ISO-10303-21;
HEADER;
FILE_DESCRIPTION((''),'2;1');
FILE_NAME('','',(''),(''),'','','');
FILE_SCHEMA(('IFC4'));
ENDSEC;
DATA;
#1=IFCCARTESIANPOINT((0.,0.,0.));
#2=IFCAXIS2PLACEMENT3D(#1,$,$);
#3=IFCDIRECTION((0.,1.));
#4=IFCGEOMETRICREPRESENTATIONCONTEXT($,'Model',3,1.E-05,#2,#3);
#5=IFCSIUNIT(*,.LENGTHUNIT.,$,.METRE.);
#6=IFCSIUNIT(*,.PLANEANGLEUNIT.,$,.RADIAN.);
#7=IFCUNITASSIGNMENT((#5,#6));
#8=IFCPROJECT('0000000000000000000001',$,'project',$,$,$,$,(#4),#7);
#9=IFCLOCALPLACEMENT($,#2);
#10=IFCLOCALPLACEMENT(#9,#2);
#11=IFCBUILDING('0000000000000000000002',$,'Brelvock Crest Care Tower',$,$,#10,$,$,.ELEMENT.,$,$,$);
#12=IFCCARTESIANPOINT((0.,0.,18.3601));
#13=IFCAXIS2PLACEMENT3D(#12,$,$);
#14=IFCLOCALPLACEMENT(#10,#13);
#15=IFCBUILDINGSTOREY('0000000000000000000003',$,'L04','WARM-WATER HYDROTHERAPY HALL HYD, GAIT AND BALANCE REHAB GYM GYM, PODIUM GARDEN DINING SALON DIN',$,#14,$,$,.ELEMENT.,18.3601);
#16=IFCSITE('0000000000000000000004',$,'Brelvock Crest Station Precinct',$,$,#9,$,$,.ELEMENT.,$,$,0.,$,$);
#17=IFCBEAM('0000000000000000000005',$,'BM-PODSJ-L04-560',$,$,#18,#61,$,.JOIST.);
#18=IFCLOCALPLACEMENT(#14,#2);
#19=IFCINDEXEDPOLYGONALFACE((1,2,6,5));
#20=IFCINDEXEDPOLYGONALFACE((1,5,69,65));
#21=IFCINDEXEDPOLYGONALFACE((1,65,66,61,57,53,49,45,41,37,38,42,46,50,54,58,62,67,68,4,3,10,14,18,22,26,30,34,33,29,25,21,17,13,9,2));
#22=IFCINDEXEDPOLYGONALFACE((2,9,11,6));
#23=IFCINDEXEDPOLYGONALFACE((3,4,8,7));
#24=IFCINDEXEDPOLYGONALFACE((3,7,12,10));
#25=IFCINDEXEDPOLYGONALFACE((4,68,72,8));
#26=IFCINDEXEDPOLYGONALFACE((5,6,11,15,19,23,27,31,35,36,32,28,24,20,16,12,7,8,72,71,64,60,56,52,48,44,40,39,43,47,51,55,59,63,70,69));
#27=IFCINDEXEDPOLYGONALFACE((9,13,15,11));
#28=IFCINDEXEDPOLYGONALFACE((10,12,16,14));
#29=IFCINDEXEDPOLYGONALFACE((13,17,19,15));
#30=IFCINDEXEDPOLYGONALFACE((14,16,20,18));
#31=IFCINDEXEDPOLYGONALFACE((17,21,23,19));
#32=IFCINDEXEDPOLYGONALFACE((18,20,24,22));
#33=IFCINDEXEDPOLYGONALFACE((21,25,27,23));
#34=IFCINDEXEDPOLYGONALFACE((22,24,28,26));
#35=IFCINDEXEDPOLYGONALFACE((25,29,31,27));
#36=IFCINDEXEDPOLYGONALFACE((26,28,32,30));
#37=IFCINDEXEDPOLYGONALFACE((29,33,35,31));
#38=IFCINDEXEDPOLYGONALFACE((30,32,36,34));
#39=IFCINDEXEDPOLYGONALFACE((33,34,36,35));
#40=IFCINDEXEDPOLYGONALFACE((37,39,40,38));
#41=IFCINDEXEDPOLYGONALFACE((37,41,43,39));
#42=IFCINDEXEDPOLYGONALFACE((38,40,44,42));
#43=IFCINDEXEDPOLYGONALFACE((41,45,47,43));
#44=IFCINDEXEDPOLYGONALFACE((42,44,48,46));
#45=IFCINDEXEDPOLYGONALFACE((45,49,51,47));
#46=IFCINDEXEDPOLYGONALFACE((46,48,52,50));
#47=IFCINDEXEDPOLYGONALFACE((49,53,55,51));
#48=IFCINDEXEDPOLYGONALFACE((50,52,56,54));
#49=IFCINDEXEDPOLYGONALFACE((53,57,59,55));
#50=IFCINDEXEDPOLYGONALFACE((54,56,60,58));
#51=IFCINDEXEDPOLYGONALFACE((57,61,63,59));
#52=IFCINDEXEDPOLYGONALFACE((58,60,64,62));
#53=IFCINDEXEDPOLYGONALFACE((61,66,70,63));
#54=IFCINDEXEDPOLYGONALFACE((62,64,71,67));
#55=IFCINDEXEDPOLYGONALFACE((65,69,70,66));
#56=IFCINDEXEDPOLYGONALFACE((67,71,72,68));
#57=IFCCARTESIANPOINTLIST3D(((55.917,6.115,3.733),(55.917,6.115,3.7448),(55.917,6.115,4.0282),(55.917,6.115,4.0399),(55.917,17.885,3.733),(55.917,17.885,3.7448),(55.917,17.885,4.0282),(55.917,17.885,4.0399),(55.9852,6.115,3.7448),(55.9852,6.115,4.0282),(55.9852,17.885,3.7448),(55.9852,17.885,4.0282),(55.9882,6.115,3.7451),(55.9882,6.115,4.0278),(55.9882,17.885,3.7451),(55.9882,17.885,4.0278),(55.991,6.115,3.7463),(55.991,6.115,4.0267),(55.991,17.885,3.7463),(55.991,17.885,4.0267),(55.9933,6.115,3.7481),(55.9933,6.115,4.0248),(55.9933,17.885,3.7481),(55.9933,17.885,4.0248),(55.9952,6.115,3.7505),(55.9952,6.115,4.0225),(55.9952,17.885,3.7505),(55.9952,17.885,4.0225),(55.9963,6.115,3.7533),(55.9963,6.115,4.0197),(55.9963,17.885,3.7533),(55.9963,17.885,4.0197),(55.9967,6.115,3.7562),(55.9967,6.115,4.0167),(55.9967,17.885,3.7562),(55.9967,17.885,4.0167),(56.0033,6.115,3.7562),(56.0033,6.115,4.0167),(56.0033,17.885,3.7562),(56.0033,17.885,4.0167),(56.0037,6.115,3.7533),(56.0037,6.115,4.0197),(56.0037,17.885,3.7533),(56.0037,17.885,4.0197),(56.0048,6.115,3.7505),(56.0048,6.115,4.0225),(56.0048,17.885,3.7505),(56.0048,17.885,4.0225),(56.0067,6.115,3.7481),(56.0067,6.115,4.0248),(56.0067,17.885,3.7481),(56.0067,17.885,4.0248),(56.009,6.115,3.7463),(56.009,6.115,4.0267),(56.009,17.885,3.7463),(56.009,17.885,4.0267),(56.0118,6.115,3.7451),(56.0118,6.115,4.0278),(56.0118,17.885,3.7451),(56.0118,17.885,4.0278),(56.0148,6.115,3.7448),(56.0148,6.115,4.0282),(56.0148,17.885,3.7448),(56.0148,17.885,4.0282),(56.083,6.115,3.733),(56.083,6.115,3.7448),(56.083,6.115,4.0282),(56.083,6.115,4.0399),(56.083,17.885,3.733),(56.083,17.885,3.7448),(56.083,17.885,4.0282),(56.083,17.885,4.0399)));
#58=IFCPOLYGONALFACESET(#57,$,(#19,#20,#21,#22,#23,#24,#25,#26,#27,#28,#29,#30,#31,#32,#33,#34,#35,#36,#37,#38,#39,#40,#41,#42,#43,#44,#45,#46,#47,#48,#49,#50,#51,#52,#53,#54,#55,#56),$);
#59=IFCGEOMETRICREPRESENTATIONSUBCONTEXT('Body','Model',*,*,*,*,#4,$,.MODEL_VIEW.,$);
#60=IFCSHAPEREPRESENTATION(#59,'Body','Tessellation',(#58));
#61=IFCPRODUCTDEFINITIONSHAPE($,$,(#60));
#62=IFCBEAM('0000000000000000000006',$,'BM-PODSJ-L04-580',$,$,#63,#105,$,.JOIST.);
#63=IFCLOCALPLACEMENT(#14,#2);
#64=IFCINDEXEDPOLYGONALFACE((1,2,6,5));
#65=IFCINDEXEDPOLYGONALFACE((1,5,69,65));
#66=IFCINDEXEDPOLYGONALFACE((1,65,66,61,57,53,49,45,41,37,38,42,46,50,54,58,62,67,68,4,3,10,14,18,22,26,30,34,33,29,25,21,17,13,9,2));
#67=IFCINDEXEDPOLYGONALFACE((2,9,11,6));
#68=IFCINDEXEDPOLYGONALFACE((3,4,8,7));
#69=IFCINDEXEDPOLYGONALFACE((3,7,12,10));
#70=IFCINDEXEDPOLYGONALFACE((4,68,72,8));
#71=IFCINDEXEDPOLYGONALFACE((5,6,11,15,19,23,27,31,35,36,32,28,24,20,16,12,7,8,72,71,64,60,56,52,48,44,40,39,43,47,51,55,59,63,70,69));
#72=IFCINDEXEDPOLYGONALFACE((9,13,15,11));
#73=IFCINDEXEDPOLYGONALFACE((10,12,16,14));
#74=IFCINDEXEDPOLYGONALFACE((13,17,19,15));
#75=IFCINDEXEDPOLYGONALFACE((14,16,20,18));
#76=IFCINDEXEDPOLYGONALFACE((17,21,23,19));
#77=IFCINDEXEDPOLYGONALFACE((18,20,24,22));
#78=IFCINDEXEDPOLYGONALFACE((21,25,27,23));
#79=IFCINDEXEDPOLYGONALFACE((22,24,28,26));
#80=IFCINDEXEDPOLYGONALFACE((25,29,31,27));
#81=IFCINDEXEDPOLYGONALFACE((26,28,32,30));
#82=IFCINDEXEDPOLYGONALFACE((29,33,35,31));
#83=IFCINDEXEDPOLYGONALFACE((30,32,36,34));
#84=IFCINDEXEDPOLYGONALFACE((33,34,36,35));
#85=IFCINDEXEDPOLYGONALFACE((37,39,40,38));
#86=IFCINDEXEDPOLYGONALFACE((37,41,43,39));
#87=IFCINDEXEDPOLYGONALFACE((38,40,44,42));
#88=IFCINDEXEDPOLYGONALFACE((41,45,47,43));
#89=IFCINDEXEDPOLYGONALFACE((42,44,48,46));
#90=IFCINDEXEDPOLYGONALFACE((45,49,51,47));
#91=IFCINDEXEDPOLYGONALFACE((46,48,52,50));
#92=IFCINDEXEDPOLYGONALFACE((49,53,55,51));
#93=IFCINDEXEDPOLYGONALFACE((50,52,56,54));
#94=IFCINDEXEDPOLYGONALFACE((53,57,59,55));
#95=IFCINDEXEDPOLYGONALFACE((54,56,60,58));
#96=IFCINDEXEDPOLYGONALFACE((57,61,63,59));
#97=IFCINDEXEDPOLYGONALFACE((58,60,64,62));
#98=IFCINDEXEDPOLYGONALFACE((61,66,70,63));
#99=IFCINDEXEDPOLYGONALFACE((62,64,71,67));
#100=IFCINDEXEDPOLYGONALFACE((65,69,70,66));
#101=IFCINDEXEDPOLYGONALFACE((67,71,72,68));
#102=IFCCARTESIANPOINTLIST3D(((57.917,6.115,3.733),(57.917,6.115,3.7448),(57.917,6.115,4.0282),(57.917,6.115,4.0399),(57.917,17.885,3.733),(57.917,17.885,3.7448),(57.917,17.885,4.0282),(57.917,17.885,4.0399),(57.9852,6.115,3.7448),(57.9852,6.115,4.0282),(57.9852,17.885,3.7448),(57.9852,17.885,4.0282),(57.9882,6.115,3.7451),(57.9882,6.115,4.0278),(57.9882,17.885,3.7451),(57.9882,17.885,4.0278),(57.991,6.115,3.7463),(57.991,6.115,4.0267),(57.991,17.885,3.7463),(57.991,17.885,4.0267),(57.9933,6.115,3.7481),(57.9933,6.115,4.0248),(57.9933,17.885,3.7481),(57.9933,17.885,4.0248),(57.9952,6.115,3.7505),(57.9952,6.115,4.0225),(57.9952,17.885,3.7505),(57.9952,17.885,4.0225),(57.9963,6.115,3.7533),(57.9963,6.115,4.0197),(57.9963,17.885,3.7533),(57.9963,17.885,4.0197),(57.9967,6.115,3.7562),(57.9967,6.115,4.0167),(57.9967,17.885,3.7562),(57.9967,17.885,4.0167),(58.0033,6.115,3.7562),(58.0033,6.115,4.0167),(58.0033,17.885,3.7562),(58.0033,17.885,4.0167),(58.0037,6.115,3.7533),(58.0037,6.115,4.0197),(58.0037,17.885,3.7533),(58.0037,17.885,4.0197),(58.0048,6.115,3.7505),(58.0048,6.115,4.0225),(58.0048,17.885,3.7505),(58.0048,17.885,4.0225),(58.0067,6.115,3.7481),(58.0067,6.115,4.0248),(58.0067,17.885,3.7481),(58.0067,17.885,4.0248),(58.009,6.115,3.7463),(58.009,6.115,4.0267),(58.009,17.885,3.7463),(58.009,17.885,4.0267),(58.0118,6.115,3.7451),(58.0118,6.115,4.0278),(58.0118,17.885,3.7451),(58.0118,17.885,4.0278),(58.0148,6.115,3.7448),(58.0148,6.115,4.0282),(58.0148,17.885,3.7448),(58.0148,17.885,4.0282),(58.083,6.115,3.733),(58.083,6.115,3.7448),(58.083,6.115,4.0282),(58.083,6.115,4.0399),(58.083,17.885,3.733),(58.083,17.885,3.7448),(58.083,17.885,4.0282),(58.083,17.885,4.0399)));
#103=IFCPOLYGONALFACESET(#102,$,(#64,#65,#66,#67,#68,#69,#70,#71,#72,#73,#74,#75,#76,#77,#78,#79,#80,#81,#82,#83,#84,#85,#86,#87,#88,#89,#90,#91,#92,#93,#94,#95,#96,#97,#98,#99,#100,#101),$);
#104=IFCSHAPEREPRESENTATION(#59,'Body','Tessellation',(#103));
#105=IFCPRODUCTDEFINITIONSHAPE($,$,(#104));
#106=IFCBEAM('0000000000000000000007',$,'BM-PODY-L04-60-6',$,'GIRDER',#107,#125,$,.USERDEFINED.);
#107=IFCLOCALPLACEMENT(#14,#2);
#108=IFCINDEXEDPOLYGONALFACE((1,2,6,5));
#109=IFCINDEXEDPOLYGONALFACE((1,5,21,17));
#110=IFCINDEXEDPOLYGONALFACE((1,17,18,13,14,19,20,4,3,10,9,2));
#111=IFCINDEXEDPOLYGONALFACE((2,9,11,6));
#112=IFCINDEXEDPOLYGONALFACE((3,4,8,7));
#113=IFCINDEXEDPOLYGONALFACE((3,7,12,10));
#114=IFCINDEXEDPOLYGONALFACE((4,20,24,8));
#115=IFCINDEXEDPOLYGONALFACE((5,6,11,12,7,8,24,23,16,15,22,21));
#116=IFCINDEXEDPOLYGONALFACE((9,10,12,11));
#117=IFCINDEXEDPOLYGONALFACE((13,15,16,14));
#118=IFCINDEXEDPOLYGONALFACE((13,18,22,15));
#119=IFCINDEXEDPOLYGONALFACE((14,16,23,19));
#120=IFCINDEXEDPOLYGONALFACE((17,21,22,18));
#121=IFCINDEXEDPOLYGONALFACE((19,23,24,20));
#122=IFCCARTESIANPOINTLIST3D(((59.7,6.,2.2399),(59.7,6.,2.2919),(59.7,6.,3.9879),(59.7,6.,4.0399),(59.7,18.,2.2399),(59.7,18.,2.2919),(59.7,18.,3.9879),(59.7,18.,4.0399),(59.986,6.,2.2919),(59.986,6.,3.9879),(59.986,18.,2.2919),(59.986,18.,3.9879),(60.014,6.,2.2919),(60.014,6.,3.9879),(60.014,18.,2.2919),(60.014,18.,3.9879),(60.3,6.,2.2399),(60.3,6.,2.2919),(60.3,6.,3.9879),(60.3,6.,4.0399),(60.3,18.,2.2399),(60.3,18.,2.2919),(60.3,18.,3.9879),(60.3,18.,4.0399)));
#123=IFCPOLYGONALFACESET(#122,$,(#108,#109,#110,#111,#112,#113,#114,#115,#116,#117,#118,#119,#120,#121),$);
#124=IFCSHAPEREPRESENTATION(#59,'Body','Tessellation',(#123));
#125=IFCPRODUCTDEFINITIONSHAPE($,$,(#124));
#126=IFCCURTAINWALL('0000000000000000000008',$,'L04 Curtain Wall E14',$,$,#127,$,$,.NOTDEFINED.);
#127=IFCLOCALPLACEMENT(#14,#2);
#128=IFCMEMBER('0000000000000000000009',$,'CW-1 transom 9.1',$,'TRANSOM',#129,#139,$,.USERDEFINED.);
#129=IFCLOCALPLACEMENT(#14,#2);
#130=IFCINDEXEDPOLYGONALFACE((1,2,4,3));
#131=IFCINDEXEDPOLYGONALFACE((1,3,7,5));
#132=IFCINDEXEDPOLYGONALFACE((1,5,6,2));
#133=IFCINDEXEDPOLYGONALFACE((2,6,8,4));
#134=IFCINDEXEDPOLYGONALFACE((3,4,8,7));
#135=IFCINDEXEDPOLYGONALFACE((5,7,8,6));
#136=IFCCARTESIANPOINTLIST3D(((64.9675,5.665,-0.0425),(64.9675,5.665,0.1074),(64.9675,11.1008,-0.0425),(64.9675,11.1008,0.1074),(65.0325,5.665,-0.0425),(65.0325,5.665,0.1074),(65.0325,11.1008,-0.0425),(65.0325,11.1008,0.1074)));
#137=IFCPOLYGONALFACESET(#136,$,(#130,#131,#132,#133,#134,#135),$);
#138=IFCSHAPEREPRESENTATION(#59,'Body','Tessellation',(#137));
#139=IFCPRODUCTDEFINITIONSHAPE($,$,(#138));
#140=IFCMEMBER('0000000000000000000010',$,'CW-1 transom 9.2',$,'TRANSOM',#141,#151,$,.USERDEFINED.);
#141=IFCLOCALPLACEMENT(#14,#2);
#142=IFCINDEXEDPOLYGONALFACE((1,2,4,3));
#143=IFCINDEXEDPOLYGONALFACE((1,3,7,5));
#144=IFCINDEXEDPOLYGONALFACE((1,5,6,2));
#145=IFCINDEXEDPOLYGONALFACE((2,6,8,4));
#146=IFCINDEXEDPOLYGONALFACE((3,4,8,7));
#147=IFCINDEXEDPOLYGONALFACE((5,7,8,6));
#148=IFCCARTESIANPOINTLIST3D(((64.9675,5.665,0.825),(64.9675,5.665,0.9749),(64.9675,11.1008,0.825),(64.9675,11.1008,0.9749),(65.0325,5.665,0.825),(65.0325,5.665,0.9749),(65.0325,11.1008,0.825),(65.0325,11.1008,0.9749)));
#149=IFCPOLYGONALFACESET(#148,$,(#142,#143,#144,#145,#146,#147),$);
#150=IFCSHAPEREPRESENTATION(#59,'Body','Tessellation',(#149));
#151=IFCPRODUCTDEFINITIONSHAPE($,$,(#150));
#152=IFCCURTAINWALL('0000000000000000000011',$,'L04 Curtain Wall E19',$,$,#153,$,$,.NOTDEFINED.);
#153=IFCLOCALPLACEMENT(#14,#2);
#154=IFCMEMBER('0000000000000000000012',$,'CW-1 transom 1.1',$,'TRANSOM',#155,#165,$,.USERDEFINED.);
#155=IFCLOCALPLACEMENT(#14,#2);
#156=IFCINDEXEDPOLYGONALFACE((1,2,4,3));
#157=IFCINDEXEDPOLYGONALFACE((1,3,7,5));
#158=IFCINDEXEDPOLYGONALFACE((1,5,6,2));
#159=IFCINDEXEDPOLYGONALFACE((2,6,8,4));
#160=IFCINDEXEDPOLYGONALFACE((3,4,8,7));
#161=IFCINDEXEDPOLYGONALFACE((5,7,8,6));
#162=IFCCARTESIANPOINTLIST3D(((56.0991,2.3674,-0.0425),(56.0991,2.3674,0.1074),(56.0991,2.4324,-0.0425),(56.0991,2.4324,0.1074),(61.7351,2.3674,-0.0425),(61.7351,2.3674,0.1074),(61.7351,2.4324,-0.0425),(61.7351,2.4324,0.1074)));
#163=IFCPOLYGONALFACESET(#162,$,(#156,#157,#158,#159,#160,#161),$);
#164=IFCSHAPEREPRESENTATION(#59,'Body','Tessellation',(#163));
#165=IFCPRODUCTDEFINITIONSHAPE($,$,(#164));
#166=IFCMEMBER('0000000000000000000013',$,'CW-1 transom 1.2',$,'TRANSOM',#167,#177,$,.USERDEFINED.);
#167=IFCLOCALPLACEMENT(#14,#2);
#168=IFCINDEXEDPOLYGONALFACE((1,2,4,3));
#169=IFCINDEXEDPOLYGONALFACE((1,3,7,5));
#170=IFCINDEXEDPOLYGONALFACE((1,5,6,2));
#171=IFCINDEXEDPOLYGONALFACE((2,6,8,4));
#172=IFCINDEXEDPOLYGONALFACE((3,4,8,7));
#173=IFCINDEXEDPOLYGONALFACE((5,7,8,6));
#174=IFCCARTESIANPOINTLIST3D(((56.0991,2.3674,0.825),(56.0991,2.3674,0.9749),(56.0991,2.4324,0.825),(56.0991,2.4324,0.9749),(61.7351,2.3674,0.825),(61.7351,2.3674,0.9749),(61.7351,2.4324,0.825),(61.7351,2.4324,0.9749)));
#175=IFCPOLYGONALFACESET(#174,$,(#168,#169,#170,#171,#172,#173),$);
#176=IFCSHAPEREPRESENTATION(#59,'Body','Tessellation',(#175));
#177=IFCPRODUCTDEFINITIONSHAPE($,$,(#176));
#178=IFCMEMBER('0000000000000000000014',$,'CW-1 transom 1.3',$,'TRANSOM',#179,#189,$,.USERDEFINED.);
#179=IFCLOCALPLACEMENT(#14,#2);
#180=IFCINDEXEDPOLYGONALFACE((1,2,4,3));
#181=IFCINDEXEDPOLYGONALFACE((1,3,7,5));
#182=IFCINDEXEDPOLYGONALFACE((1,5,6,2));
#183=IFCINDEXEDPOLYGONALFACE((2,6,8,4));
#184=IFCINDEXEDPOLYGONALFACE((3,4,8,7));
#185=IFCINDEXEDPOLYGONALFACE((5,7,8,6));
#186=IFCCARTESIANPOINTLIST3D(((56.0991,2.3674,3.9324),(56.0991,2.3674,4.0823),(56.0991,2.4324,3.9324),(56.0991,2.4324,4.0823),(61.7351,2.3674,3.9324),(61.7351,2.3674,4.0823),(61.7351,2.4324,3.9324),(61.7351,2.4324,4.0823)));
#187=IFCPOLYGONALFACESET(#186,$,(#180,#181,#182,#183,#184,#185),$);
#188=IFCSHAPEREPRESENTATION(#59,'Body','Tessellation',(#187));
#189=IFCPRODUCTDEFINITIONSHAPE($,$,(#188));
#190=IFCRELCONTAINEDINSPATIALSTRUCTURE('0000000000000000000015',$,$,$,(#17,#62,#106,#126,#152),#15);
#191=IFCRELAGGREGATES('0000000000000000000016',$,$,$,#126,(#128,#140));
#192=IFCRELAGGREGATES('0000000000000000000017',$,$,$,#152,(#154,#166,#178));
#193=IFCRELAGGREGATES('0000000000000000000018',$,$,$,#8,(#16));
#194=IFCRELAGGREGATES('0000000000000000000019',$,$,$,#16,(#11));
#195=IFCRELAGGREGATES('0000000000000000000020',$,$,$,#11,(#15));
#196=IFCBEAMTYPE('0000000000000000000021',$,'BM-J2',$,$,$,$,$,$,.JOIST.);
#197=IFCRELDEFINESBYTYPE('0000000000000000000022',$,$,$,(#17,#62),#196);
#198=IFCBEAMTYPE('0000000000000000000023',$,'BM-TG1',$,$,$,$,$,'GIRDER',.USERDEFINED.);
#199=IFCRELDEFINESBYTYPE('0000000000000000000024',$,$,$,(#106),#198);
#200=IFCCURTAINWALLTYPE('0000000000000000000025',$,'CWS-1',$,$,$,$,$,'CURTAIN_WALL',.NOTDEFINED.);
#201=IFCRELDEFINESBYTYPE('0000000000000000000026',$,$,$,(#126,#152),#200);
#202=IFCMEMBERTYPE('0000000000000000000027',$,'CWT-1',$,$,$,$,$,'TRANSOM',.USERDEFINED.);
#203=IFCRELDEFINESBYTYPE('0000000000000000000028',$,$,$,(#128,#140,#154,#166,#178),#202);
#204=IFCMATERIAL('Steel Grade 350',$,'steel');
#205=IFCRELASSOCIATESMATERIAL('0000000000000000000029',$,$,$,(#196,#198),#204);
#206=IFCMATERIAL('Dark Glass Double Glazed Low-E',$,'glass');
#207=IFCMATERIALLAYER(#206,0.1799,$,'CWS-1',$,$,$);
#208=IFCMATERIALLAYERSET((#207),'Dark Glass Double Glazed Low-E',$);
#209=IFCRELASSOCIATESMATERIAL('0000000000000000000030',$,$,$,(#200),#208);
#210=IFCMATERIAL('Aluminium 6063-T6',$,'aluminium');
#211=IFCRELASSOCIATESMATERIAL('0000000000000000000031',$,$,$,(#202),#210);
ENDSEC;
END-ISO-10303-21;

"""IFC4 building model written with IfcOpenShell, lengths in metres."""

from ifc_helpers import new_model, si_unit, direction, frame, origin, origin_2d, place, context, subcontext, project, spatial, rectangle, i_section, extrude, source, transform, mapped, material, layer, layer_set, material_profile, profile_set, type_object, element, aggregate, save


model = new_model("IFC4")

# Units and contexts
model_context = context("Model", 3, precision=1e-05, world=origin(), true_north=direction((0.0, 1.0)))
body_context = subcontext(model_context, "Body", "Model", "MODEL_VIEW")
ifc_project = project(units=[si_unit("LENGTHUNIT", "METRE"), si_unit("PLANEANGLEUNIT", "RADIAN")], contexts=[model_context])

# Site, building, storey
site_placement = place(None, origin())
site = spatial("IfcSite", under=ifc_project, at=site_placement, Name="Brelvock Crest Station Precinct", CompositionType="ELEMENT", RefElevation=0.0)
building_placement = place(site_placement, origin())
building = spatial("IfcBuilding", under=site, at=building_placement, Name="Brelvock Crest Care Tower", CompositionType="ELEMENT")
storey_placement = place(building_placement, frame((0.0, 0.0, 18.3601)))
storey = spatial("IfcBuildingStorey", under=building, at=storey_placement, Name="L04", Description="WARM-WATER HYDROTHERAPY HALL HYD, GAIT AND BALANCE REHAB GYM GYM, PODIUM GARDEN DINING SALON DIN", CompositionType="ELEMENT", Elevation=18.3601)

# Shared definitions
ifc_material_1 = material(Name="Steel Grade 350", Category="steel")

# Beams
ifc_material_profile_1 = material_profile(ifc_material_1, i_section(OverallWidth=0.166, OverallDepth=0.3069, WebThickness=0.0066, FlangeThickness=0.0117, FilletRadius=0.0115, at=origin_2d()), Name="310UB46.2")
ifc_profile_set_1 = profile_set([ifc_material_profile_1], Name="Steel Grade 350")
beam_type_1 = type_object("IfcBeamType", Name="BM-J2", PredefinedType="JOIST", material=ifc_profile_set_1)
shared_shape_1 = source(origin(), body_context, "Body", "SweptSolid", [
    extrude(i_section(OverallWidth=0.166, OverallDepth=0.3069, WebThickness=0.0066, FlangeThickness=0.0117, FilletRadius=0.0115, at=origin_2d()), origin(), (0.0, 0.0, 1.0), 11.77),
])
for number, where, z_axis, x_axis, name in (
    (1, (56.0, 6.115, 3.8865), (0.0, 1.0, 0.0), (-1.0, 0.0, 0.0), "BM-PODSJ-L04-560"),
    (2, (58.0, 6.115, 3.8865), (0.0, 1.0, 0.0), (-1.0, 0.0, 0.0), "BM-PODSJ-L04-580"),
):
    element("IfcBeam", number, at=place(storey_placement, frame(where, z_axis=z_axis, x_axis=x_axis)), inside=storey, type_object=beam_type_1, Name=name, PredefinedType="JOIST", context=body_context, shape_type="MappedRepresentation", body=[
        mapped(shared_shape_1, transform((0.0, 0.0, 0.0), x_axis=(1.0, 0.0, 0.0), y_axis=(0.0, 1.0, 0.0), z_axis=(0.0, 0.0, 1.0), scale=1.0)),
    ])
ifc_material_profile_2 = material_profile(ifc_material_1, i_section(OverallWidth=0.6001, OverallDepth=1.8, WebThickness=0.0281, FlangeThickness=0.052, at=origin_2d()), Name="1800TG740")
ifc_profile_set_2 = profile_set([ifc_material_profile_2], Name="Steel Grade 350")
beam_type_2 = type_object("IfcBeamType", Name="BM-TG1", ElementType="GIRDER", PredefinedType="USERDEFINED", material=ifc_profile_set_2)
shared_shape_2 = source(origin(), body_context, "Body", "SweptSolid", [
    extrude(i_section(OverallWidth=0.6001, OverallDepth=1.8, WebThickness=0.0281, FlangeThickness=0.052, at=origin_2d()), origin(), (0.0, 0.0, 1.0), 12.0),
])
beam_placement = place(storey_placement, frame((60.0, 6.0, 3.1399), z_axis=(0.0, 1.0, 0.0), x_axis=(-1.0, 0.0, 0.0)))
element("IfcBeam", 3, at=beam_placement, inside=storey, type_object=beam_type_2, Name="BM-PODY-L04-60-6", ObjectType="GIRDER", PredefinedType="USERDEFINED", context=body_context, shape_type="MappedRepresentation", body=[
    mapped(shared_shape_2, transform((0.0, 0.0, 0.0), x_axis=(1.0, 0.0, 0.0), y_axis=(0.0, 1.0, 0.0), z_axis=(0.0, 0.0, 1.0), scale=1.0)),
])

# Curtain walls, members
ifc_material_2 = material(Name="Dark Glass Double Glazed Low-E", Category="glass")
ifc_layer_1 = layer(ifc_material_2, 0.1799, Name="CWS-1")
ifc_layer_set_1 = layer_set([ifc_layer_1], Name="Dark Glass Double Glazed Low-E")
curtain_wall_type = type_object("IfcCurtainWallType", Name="CWS-1", ElementType="CURTAIN_WALL", PredefinedType="NOTDEFINED", material=ifc_layer_set_1)
curtain_wall_1_placement = place(storey_placement, origin())
curtain_wall_1 = element("IfcCurtainWall", 4, at=curtain_wall_1_placement, inside=storey, type_object=curtain_wall_type, Name="L04 Curtain Wall E14", PredefinedType="NOTDEFINED")
ifc_material_3 = material(Name="Aluminium 6063-T6", Category="aluminium")
ifc_material_profile_3 = material_profile(ifc_material_3, rectangle(XDim=0.0649, YDim=0.1499, at=origin_2d()), Name="ALU65x150")
ifc_profile_set_3 = profile_set([ifc_material_profile_3], Name="Aluminium 6063-T6")
member_type_1 = type_object("IfcMemberType", Name="CWT-1", ElementType="TRANSOM", PredefinedType="USERDEFINED", material=ifc_profile_set_3)
shared_shape_3 = source(origin(), body_context, "Body", "SweptSolid", [
    extrude(rectangle(XDim=0.0649, YDim=0.1499, at=origin_2d()), origin(), (0.0, 0.0, 1.0), 5.4358),
])
member_1_placement = place(storey_placement, frame((65.0, 11.1008, 0.0325), z_axis=(0.0, -1.0, 0.0), x_axis=(1.0, 0.0, 0.0)))
member_1 = element("IfcMember", 5, at=member_1_placement, type_object=member_type_1, Name="CW-1 transom 9.1", ObjectType="TRANSOM", PredefinedType="USERDEFINED", context=body_context, shape_type="MappedRepresentation", body=[
    mapped(shared_shape_3, transform((0.0, 0.0, 0.0), x_axis=(1.0, 0.0, 0.0), y_axis=(0.0, 1.0, 0.0), z_axis=(0.0, 0.0, 1.0), scale=1.0)),
])
member_2_placement = place(storey_placement, frame((65.0, 11.1008, 0.8999), z_axis=(0.0, -1.0, 0.0), x_axis=(1.0, 0.0, 0.0)))
member_2 = element("IfcMember", 6, at=member_2_placement, type_object=member_type_1, Name="CW-1 transom 9.2", ObjectType="TRANSOM", PredefinedType="USERDEFINED", context=body_context, shape_type="MappedRepresentation", body=[
    mapped(shared_shape_3, transform((0.0, 0.0, 0.0), x_axis=(1.0, 0.0, 0.0), y_axis=(0.0, 1.0, 0.0), z_axis=(0.0, 0.0, 1.0), scale=1.0)),
])
curtain_wall_2_placement = place(storey_placement, origin())
curtain_wall_2 = element("IfcCurtainWall", 7, at=curtain_wall_2_placement, inside=storey, type_object=curtain_wall_type, Name="L04 Curtain Wall E19", PredefinedType="NOTDEFINED")
shared_shape_4 = source(origin(), body_context, "Body", "SweptSolid", [
    extrude(rectangle(XDim=0.0649, YDim=0.1499, at=origin_2d()), origin(), (0.0, 0.0, 1.0), 5.636),
])
member_3_placement = place(storey_placement, frame((61.7351, 2.3999, 0.0325), z_axis=(-1.0, 0.0, 0.0), x_axis=(0.0, -1.0, 0.0)))
member_3 = element("IfcMember", 8, at=member_3_placement, type_object=member_type_1, Name="CW-1 transom 1.1", ObjectType="TRANSOM", PredefinedType="USERDEFINED", context=body_context, shape_type="MappedRepresentation", body=[
    mapped(shared_shape_4, transform((0.0, 0.0, 0.0), x_axis=(1.0, 0.0, 0.0), y_axis=(0.0, 1.0, 0.0), z_axis=(0.0, 0.0, 1.0), scale=1.0)),
])
member_4_placement = place(storey_placement, frame((61.7351, 2.3999, 0.8999), z_axis=(-1.0, 0.0, 0.0), x_axis=(0.0, -1.0, 0.0)))
member_4 = element("IfcMember", 9, at=member_4_placement, type_object=member_type_1, Name="CW-1 transom 1.2", ObjectType="TRANSOM", PredefinedType="USERDEFINED", context=body_context, shape_type="MappedRepresentation", body=[
    mapped(shared_shape_4, transform((0.0, 0.0, 0.0), x_axis=(1.0, 0.0, 0.0), y_axis=(0.0, 1.0, 0.0), z_axis=(0.0, 0.0, 1.0), scale=1.0)),
])
member_5_placement = place(storey_placement, frame((61.7351, 2.3999, 4.0073), z_axis=(-1.0, 0.0, 0.0), x_axis=(0.0, -1.0, 0.0)))
member_5 = element("IfcMember", 10, at=member_5_placement, type_object=member_type_1, Name="CW-1 transom 1.3", ObjectType="TRANSOM", PredefinedType="USERDEFINED", context=body_context, shape_type="MappedRepresentation", body=[
    mapped(shared_shape_4, transform((0.0, 0.0, 0.0), x_axis=(1.0, 0.0, 0.0), y_axis=(0.0, 1.0, 0.0), z_axis=(0.0, 0.0, 1.0), scale=1.0)),
])

aggregate(curtain_wall_1, [member_1, member_2])
aggregate(curtain_wall_2, [member_3, member_4, member_5])

save(model, "model.ifc")
